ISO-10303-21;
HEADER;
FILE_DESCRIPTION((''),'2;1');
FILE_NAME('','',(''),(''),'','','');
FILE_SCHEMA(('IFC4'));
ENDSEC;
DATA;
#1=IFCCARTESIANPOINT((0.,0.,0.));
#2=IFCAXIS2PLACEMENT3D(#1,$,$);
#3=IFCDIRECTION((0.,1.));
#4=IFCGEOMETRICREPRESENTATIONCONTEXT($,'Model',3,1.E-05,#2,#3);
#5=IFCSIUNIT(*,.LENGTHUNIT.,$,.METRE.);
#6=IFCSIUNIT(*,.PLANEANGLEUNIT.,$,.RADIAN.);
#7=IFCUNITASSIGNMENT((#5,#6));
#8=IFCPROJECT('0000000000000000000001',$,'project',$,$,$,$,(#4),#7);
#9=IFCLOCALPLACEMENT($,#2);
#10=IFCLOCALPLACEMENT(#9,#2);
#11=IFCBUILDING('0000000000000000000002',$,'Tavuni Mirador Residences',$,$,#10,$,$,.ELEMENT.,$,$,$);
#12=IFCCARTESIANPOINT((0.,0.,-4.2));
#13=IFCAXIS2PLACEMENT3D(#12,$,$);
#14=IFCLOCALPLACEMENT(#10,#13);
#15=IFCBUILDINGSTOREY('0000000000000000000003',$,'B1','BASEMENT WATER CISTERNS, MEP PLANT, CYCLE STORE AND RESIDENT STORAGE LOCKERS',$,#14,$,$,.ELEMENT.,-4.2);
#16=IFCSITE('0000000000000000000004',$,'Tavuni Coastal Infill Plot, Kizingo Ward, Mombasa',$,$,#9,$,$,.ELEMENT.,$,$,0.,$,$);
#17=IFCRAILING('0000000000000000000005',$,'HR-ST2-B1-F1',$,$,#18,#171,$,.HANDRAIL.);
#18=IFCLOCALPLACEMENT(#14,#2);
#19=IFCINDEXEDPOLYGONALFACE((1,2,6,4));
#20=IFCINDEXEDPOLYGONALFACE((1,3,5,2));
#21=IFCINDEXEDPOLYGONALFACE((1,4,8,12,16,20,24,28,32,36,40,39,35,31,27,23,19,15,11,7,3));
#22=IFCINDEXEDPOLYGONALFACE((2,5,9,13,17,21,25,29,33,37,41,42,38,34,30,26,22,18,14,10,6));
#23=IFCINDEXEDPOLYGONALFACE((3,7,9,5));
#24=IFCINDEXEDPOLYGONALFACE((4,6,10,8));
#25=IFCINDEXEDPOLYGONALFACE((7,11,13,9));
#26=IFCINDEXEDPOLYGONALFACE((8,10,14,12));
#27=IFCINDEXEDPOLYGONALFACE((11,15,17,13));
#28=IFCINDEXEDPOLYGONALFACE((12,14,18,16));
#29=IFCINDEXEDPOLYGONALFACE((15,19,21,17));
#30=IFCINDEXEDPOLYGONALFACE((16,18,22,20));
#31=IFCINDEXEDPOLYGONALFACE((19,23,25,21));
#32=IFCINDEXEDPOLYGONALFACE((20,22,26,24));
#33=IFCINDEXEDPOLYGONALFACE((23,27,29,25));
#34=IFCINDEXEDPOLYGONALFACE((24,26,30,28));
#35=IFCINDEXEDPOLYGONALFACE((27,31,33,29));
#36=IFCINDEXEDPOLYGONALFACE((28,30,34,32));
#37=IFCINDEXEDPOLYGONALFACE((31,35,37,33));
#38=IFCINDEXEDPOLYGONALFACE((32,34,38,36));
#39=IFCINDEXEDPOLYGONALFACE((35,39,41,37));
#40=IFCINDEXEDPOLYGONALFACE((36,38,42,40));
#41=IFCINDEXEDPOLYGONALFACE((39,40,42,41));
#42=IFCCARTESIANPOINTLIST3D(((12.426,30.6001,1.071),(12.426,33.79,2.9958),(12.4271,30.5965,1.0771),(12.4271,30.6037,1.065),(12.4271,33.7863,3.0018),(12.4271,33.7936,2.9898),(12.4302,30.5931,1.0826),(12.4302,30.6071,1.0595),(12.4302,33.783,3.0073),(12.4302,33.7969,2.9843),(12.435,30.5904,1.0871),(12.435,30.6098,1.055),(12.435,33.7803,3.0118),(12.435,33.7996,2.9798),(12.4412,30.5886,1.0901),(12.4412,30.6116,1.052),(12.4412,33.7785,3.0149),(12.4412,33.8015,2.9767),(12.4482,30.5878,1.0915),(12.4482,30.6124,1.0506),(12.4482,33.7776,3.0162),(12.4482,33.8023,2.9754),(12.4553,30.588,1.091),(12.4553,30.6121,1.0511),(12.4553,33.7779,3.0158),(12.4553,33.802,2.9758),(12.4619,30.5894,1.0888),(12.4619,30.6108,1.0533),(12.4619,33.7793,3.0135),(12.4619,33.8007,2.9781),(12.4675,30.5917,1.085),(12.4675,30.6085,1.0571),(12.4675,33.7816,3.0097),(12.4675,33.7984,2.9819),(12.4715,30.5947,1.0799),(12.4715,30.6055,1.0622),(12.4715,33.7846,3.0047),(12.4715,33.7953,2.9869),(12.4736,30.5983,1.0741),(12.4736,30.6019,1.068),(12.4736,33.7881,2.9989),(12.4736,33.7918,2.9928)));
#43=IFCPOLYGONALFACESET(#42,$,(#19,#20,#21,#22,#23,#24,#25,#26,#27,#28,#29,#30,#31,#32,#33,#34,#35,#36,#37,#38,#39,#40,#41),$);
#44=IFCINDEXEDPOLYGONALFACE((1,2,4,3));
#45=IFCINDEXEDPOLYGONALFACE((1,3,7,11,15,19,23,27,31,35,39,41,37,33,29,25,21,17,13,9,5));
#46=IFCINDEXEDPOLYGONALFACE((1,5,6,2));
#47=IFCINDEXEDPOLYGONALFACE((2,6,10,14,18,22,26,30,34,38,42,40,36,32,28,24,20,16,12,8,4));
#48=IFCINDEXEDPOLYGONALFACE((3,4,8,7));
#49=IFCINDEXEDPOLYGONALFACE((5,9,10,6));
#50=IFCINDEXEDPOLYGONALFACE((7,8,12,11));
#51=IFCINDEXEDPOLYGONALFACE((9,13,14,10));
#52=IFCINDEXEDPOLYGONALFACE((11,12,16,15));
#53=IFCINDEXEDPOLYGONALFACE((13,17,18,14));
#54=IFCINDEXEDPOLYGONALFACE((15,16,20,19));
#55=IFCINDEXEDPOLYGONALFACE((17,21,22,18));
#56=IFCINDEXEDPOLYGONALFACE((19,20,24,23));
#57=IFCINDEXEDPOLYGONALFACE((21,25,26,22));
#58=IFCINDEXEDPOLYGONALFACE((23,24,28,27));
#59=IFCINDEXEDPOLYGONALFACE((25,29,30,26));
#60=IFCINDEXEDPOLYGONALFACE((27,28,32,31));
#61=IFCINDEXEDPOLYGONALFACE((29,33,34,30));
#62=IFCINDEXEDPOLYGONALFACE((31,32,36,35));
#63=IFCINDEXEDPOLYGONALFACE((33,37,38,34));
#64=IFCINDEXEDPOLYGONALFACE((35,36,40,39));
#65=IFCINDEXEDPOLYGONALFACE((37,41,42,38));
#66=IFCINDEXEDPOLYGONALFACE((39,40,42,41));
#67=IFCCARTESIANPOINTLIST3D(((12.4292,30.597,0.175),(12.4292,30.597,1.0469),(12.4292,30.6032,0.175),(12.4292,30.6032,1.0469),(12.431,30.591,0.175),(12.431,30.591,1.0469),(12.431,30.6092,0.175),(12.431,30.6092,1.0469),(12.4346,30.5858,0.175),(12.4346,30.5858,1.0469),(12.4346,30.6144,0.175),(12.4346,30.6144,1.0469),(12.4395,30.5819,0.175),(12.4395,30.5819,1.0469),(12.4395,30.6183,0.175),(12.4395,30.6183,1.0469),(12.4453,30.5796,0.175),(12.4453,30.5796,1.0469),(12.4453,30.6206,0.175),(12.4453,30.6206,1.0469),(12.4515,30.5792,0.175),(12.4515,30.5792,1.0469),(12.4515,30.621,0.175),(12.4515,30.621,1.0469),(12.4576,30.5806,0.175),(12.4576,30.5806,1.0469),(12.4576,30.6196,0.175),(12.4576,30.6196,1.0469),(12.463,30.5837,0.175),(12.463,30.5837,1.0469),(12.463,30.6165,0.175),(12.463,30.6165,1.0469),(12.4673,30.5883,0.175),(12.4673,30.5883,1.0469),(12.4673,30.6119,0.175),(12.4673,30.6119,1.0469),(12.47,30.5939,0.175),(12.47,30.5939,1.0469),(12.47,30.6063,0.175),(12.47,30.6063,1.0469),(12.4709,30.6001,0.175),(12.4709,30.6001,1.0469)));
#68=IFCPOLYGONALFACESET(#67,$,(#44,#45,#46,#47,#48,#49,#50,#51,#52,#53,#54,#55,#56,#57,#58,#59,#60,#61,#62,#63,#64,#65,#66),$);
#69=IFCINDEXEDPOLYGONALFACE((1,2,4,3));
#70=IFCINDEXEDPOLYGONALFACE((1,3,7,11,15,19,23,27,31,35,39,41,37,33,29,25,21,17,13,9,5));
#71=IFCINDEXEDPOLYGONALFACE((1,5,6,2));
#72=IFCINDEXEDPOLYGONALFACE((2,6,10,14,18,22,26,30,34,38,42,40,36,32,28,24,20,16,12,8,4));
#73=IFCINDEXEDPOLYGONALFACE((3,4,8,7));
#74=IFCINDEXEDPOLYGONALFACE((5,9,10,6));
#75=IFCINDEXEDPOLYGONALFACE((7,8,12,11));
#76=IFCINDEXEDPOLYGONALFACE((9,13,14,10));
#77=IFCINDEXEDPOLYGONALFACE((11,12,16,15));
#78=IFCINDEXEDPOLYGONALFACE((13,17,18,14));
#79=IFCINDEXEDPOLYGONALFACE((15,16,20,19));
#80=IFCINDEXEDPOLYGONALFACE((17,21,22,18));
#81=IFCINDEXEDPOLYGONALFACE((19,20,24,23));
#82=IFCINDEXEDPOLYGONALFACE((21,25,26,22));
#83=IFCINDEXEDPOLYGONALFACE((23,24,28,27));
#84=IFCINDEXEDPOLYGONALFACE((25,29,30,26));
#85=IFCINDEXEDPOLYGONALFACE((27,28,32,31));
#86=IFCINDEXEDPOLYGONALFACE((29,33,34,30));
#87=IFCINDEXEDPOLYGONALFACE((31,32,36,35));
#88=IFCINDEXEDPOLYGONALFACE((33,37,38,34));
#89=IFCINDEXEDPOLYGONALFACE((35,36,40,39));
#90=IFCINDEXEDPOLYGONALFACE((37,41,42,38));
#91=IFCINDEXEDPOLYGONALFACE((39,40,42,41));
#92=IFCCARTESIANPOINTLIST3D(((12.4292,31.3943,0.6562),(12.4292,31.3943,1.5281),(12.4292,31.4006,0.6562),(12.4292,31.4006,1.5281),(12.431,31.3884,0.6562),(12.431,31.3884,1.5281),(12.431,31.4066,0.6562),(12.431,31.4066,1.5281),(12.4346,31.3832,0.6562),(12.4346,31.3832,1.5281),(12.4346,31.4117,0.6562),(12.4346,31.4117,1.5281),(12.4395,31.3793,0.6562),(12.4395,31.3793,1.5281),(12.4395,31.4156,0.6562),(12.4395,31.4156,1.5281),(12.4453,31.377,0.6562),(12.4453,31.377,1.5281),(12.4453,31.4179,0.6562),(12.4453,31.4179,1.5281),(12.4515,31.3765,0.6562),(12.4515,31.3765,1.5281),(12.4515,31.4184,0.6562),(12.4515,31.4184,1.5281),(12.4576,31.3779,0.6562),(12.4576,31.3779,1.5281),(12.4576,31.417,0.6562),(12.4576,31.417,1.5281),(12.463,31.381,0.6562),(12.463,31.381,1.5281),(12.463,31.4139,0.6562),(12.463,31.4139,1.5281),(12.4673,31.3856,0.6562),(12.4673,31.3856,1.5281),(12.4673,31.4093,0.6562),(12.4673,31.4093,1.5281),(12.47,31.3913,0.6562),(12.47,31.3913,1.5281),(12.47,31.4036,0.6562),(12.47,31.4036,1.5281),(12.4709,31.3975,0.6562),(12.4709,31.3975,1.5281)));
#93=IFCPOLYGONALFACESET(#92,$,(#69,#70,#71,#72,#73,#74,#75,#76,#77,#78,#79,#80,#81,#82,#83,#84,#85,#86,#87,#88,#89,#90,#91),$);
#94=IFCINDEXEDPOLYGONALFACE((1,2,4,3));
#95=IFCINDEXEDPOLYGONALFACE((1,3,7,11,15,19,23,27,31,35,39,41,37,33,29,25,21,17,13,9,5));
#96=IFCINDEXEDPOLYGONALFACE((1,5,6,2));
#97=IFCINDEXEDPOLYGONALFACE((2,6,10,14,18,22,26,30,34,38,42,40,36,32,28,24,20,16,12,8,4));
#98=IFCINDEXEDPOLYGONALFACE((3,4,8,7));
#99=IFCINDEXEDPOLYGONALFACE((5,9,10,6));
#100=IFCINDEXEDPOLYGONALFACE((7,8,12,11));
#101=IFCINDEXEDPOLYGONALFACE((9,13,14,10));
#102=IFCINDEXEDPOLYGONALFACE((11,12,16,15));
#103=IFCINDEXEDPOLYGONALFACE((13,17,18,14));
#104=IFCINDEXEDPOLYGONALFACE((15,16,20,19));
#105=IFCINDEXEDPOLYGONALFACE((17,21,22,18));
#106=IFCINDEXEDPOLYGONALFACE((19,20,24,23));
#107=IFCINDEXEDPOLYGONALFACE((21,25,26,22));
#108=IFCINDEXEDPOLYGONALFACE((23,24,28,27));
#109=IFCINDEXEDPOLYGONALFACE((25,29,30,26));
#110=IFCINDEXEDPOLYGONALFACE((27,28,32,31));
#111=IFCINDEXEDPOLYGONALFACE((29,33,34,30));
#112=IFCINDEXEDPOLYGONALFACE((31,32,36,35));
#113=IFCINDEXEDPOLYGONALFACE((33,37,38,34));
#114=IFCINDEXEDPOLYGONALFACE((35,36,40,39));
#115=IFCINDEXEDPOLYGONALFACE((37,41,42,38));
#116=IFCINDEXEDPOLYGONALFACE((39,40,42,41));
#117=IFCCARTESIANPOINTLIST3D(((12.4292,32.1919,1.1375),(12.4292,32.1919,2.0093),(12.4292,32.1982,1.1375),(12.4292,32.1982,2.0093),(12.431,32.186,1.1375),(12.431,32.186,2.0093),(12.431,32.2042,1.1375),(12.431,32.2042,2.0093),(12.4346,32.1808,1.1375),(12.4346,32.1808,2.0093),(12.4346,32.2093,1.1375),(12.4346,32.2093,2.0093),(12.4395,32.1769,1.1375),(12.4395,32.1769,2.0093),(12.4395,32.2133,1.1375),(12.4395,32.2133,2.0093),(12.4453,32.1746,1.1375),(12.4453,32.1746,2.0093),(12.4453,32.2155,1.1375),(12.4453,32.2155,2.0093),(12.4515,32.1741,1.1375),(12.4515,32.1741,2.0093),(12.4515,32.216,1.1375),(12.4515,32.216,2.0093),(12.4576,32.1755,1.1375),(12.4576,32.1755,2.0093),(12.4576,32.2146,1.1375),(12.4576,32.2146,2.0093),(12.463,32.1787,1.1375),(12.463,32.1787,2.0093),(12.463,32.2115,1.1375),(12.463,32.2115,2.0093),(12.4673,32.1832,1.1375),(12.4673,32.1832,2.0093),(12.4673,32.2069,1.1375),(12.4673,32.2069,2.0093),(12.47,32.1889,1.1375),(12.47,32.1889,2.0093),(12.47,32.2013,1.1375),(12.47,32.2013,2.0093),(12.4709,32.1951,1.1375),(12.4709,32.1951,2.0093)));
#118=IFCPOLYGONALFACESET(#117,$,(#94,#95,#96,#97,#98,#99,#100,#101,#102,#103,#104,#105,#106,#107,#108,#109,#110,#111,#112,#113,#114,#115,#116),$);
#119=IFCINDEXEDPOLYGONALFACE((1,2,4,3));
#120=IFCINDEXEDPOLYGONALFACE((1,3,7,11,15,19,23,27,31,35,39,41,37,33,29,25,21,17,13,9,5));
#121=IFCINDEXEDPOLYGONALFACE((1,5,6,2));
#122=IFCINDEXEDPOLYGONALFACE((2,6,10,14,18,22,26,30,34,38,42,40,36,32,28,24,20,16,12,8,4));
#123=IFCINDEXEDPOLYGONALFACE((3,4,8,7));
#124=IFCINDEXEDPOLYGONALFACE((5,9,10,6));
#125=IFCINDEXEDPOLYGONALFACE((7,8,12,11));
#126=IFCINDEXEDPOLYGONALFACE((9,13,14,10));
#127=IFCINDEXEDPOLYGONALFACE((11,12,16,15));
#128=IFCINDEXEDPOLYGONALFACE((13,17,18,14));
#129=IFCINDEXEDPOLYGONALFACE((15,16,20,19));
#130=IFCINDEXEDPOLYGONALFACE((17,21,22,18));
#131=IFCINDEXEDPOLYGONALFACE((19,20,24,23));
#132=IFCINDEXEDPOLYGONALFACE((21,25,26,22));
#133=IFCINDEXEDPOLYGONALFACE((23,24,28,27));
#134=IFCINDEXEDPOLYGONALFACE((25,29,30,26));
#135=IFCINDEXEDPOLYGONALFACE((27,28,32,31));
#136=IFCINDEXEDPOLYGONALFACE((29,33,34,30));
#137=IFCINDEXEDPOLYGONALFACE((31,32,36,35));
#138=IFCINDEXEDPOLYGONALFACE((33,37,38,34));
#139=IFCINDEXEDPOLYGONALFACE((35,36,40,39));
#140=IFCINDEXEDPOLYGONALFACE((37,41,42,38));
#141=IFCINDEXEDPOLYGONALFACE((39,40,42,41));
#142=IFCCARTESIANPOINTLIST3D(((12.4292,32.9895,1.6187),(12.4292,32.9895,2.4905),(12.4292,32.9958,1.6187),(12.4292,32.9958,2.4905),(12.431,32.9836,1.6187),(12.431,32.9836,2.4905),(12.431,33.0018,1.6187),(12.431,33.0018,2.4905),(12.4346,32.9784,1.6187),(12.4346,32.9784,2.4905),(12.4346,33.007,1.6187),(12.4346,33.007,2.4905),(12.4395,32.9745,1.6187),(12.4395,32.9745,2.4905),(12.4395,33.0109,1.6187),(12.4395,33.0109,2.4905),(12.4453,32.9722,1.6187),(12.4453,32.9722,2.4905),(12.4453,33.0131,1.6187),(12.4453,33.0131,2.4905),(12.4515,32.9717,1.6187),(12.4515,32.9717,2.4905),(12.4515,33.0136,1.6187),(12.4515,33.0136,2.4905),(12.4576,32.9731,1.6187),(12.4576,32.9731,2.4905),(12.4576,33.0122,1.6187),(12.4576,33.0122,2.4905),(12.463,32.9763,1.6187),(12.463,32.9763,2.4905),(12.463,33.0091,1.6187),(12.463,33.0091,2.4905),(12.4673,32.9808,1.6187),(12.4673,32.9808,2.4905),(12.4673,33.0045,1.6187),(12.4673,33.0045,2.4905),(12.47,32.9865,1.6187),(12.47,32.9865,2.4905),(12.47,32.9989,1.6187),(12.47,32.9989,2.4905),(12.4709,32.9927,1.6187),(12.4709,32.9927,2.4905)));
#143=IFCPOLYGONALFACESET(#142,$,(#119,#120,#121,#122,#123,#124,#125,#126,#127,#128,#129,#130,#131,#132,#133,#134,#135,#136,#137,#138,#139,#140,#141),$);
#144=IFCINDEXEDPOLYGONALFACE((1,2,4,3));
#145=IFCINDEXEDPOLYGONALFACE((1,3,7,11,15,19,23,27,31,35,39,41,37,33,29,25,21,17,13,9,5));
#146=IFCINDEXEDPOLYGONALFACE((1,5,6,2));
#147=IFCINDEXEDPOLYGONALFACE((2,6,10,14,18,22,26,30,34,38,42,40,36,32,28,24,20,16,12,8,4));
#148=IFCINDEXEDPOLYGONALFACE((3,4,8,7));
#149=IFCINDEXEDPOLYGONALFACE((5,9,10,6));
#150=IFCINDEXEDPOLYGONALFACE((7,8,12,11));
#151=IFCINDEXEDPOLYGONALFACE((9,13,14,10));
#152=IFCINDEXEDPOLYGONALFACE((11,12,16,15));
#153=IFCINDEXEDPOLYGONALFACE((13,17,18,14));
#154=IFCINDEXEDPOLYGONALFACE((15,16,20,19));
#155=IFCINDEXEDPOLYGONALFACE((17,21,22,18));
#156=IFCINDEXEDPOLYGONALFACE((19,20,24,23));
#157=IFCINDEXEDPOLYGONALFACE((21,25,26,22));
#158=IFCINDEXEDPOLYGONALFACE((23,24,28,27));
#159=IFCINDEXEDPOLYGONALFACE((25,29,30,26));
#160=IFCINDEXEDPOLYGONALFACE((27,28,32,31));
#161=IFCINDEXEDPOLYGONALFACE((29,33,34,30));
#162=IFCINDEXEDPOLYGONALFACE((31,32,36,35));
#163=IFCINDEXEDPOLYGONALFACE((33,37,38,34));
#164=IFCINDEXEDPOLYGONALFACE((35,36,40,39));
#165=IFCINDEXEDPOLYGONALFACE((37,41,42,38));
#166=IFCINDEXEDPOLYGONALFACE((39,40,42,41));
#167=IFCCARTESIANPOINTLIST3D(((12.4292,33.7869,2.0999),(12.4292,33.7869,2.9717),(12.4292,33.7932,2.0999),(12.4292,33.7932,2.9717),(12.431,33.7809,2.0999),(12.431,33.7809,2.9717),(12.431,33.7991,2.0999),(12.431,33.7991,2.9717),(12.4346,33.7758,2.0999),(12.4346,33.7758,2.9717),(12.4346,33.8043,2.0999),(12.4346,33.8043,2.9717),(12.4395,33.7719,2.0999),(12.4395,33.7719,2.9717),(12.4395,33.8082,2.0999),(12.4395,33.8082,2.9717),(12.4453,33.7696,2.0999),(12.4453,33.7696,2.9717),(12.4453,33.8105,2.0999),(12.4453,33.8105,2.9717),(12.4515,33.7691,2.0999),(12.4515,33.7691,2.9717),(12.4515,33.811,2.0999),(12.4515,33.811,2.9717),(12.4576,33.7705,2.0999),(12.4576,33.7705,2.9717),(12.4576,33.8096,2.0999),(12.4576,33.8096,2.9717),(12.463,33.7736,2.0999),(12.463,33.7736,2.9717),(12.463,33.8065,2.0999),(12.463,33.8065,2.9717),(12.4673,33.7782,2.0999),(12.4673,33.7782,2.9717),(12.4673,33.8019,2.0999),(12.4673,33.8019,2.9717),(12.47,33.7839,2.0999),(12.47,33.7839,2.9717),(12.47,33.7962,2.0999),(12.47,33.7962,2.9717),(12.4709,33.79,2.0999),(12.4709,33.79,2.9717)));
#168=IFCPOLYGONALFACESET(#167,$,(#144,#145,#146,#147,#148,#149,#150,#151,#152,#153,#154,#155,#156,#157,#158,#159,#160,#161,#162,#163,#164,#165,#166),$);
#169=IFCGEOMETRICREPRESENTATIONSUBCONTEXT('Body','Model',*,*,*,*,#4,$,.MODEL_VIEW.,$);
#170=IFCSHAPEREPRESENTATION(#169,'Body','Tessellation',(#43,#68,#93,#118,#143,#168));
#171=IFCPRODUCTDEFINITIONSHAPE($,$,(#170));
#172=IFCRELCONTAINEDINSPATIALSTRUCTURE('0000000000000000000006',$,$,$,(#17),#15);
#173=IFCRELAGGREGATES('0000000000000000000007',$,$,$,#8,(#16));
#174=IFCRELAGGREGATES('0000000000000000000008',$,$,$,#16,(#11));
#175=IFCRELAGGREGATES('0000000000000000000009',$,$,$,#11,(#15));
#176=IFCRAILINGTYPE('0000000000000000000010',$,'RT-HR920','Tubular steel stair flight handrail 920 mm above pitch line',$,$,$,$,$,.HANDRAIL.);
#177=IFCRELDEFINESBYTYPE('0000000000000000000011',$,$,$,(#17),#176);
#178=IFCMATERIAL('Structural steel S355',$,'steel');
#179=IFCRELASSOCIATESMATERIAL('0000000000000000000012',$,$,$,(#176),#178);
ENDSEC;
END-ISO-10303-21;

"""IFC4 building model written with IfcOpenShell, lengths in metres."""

from ifc_helpers import new_model, si_unit, direction, frame, origin, origin_2d, place, context, subcontext, project, spatial, circle, extrude, material, type_object, element, save


model = new_model("IFC4")

# Units and contexts
model_context = context("Model", 3, precision=1e-05, world=origin(), true_north=direction((0.0, 1.0)))
body_context = subcontext(model_context, "Body", "Model", "MODEL_VIEW")
ifc_project = project(units=[si_unit("LENGTHUNIT", "METRE"), si_unit("PLANEANGLEUNIT", "RADIAN")], contexts=[model_context])

# Site, building, storey
site_placement = place(None, origin())
site = spatial("IfcSite", under=ifc_project, at=site_placement, Name="Tavuni Coastal Infill Plot, Kizingo Ward, Mombasa", CompositionType="ELEMENT", RefElevation=0.0)
building_placement = place(site_placement, origin())
building = spatial("IfcBuilding", under=site, at=building_placement, Name="Tavuni Mirador Residences", CompositionType="ELEMENT")
storey_placement = place(building_placement, frame((0.0, 0.0, -4.2)))
storey = spatial("IfcBuildingStorey", under=building, at=storey_placement, Name="B1", Description="BASEMENT WATER CISTERNS, MEP PLANT, CYCLE STORE AND RESIDENT STORAGE LOCKERS", CompositionType="ELEMENT", Elevation=-4.2)

# Shared definitions
ifc_material_1 = material(Name="Structural steel S355", Category="steel")

# Railing
railing_type_1 = type_object("IfcRailingType", Name="RT-HR920", Description="Tubular steel stair flight handrail 920 mm above pitch line", PredefinedType="HANDRAIL", material=ifc_material_1)
railing_1_placement = place(storey_placement, frame((12.45, 30.6001, 0.175)))
element("IfcRailing", 1, at=railing_1_placement, inside=storey, type_object=railing_type_1, Name="HR-ST2-B1-F1", PredefinedType="HANDRAIL", context=body_context, shape_type="SweptSolid", body=[
    extrude(circle(Radius=0.0239, at=origin_2d()), frame((0.0, 0.0, 0.896), z_axis=(0.0, 0.856207, 0.516633), x_axis=(-1.0, 0.0, 0.0)), (0.0, 0.0, 1.0), 3.7256),
    extrude(circle(Radius=0.021, at=origin_2d()), origin(), (0.0, 0.0, 1.0), 0.8718),
    extrude(circle(Radius=0.021, at=origin_2d()), frame((0.0, 0.7974, 0.4812)), (0.0, 0.0, 1.0), 0.8718),
    extrude(circle(Radius=0.021, at=origin_2d()), frame((0.0, 1.595, 0.9624)), (0.0, 0.0, 1.0), 0.8718),
    extrude(circle(Radius=0.021, at=origin_2d()), frame((0.0, 2.3926, 1.4436)), (0.0, 0.0, 1.0), 0.8718),
    extrude(circle(Radius=0.021, at=origin_2d()), frame((0.0, 3.1899, 1.9248)), (0.0, 0.0, 1.0), 0.8718),
])

save(model, "model.ifc")
